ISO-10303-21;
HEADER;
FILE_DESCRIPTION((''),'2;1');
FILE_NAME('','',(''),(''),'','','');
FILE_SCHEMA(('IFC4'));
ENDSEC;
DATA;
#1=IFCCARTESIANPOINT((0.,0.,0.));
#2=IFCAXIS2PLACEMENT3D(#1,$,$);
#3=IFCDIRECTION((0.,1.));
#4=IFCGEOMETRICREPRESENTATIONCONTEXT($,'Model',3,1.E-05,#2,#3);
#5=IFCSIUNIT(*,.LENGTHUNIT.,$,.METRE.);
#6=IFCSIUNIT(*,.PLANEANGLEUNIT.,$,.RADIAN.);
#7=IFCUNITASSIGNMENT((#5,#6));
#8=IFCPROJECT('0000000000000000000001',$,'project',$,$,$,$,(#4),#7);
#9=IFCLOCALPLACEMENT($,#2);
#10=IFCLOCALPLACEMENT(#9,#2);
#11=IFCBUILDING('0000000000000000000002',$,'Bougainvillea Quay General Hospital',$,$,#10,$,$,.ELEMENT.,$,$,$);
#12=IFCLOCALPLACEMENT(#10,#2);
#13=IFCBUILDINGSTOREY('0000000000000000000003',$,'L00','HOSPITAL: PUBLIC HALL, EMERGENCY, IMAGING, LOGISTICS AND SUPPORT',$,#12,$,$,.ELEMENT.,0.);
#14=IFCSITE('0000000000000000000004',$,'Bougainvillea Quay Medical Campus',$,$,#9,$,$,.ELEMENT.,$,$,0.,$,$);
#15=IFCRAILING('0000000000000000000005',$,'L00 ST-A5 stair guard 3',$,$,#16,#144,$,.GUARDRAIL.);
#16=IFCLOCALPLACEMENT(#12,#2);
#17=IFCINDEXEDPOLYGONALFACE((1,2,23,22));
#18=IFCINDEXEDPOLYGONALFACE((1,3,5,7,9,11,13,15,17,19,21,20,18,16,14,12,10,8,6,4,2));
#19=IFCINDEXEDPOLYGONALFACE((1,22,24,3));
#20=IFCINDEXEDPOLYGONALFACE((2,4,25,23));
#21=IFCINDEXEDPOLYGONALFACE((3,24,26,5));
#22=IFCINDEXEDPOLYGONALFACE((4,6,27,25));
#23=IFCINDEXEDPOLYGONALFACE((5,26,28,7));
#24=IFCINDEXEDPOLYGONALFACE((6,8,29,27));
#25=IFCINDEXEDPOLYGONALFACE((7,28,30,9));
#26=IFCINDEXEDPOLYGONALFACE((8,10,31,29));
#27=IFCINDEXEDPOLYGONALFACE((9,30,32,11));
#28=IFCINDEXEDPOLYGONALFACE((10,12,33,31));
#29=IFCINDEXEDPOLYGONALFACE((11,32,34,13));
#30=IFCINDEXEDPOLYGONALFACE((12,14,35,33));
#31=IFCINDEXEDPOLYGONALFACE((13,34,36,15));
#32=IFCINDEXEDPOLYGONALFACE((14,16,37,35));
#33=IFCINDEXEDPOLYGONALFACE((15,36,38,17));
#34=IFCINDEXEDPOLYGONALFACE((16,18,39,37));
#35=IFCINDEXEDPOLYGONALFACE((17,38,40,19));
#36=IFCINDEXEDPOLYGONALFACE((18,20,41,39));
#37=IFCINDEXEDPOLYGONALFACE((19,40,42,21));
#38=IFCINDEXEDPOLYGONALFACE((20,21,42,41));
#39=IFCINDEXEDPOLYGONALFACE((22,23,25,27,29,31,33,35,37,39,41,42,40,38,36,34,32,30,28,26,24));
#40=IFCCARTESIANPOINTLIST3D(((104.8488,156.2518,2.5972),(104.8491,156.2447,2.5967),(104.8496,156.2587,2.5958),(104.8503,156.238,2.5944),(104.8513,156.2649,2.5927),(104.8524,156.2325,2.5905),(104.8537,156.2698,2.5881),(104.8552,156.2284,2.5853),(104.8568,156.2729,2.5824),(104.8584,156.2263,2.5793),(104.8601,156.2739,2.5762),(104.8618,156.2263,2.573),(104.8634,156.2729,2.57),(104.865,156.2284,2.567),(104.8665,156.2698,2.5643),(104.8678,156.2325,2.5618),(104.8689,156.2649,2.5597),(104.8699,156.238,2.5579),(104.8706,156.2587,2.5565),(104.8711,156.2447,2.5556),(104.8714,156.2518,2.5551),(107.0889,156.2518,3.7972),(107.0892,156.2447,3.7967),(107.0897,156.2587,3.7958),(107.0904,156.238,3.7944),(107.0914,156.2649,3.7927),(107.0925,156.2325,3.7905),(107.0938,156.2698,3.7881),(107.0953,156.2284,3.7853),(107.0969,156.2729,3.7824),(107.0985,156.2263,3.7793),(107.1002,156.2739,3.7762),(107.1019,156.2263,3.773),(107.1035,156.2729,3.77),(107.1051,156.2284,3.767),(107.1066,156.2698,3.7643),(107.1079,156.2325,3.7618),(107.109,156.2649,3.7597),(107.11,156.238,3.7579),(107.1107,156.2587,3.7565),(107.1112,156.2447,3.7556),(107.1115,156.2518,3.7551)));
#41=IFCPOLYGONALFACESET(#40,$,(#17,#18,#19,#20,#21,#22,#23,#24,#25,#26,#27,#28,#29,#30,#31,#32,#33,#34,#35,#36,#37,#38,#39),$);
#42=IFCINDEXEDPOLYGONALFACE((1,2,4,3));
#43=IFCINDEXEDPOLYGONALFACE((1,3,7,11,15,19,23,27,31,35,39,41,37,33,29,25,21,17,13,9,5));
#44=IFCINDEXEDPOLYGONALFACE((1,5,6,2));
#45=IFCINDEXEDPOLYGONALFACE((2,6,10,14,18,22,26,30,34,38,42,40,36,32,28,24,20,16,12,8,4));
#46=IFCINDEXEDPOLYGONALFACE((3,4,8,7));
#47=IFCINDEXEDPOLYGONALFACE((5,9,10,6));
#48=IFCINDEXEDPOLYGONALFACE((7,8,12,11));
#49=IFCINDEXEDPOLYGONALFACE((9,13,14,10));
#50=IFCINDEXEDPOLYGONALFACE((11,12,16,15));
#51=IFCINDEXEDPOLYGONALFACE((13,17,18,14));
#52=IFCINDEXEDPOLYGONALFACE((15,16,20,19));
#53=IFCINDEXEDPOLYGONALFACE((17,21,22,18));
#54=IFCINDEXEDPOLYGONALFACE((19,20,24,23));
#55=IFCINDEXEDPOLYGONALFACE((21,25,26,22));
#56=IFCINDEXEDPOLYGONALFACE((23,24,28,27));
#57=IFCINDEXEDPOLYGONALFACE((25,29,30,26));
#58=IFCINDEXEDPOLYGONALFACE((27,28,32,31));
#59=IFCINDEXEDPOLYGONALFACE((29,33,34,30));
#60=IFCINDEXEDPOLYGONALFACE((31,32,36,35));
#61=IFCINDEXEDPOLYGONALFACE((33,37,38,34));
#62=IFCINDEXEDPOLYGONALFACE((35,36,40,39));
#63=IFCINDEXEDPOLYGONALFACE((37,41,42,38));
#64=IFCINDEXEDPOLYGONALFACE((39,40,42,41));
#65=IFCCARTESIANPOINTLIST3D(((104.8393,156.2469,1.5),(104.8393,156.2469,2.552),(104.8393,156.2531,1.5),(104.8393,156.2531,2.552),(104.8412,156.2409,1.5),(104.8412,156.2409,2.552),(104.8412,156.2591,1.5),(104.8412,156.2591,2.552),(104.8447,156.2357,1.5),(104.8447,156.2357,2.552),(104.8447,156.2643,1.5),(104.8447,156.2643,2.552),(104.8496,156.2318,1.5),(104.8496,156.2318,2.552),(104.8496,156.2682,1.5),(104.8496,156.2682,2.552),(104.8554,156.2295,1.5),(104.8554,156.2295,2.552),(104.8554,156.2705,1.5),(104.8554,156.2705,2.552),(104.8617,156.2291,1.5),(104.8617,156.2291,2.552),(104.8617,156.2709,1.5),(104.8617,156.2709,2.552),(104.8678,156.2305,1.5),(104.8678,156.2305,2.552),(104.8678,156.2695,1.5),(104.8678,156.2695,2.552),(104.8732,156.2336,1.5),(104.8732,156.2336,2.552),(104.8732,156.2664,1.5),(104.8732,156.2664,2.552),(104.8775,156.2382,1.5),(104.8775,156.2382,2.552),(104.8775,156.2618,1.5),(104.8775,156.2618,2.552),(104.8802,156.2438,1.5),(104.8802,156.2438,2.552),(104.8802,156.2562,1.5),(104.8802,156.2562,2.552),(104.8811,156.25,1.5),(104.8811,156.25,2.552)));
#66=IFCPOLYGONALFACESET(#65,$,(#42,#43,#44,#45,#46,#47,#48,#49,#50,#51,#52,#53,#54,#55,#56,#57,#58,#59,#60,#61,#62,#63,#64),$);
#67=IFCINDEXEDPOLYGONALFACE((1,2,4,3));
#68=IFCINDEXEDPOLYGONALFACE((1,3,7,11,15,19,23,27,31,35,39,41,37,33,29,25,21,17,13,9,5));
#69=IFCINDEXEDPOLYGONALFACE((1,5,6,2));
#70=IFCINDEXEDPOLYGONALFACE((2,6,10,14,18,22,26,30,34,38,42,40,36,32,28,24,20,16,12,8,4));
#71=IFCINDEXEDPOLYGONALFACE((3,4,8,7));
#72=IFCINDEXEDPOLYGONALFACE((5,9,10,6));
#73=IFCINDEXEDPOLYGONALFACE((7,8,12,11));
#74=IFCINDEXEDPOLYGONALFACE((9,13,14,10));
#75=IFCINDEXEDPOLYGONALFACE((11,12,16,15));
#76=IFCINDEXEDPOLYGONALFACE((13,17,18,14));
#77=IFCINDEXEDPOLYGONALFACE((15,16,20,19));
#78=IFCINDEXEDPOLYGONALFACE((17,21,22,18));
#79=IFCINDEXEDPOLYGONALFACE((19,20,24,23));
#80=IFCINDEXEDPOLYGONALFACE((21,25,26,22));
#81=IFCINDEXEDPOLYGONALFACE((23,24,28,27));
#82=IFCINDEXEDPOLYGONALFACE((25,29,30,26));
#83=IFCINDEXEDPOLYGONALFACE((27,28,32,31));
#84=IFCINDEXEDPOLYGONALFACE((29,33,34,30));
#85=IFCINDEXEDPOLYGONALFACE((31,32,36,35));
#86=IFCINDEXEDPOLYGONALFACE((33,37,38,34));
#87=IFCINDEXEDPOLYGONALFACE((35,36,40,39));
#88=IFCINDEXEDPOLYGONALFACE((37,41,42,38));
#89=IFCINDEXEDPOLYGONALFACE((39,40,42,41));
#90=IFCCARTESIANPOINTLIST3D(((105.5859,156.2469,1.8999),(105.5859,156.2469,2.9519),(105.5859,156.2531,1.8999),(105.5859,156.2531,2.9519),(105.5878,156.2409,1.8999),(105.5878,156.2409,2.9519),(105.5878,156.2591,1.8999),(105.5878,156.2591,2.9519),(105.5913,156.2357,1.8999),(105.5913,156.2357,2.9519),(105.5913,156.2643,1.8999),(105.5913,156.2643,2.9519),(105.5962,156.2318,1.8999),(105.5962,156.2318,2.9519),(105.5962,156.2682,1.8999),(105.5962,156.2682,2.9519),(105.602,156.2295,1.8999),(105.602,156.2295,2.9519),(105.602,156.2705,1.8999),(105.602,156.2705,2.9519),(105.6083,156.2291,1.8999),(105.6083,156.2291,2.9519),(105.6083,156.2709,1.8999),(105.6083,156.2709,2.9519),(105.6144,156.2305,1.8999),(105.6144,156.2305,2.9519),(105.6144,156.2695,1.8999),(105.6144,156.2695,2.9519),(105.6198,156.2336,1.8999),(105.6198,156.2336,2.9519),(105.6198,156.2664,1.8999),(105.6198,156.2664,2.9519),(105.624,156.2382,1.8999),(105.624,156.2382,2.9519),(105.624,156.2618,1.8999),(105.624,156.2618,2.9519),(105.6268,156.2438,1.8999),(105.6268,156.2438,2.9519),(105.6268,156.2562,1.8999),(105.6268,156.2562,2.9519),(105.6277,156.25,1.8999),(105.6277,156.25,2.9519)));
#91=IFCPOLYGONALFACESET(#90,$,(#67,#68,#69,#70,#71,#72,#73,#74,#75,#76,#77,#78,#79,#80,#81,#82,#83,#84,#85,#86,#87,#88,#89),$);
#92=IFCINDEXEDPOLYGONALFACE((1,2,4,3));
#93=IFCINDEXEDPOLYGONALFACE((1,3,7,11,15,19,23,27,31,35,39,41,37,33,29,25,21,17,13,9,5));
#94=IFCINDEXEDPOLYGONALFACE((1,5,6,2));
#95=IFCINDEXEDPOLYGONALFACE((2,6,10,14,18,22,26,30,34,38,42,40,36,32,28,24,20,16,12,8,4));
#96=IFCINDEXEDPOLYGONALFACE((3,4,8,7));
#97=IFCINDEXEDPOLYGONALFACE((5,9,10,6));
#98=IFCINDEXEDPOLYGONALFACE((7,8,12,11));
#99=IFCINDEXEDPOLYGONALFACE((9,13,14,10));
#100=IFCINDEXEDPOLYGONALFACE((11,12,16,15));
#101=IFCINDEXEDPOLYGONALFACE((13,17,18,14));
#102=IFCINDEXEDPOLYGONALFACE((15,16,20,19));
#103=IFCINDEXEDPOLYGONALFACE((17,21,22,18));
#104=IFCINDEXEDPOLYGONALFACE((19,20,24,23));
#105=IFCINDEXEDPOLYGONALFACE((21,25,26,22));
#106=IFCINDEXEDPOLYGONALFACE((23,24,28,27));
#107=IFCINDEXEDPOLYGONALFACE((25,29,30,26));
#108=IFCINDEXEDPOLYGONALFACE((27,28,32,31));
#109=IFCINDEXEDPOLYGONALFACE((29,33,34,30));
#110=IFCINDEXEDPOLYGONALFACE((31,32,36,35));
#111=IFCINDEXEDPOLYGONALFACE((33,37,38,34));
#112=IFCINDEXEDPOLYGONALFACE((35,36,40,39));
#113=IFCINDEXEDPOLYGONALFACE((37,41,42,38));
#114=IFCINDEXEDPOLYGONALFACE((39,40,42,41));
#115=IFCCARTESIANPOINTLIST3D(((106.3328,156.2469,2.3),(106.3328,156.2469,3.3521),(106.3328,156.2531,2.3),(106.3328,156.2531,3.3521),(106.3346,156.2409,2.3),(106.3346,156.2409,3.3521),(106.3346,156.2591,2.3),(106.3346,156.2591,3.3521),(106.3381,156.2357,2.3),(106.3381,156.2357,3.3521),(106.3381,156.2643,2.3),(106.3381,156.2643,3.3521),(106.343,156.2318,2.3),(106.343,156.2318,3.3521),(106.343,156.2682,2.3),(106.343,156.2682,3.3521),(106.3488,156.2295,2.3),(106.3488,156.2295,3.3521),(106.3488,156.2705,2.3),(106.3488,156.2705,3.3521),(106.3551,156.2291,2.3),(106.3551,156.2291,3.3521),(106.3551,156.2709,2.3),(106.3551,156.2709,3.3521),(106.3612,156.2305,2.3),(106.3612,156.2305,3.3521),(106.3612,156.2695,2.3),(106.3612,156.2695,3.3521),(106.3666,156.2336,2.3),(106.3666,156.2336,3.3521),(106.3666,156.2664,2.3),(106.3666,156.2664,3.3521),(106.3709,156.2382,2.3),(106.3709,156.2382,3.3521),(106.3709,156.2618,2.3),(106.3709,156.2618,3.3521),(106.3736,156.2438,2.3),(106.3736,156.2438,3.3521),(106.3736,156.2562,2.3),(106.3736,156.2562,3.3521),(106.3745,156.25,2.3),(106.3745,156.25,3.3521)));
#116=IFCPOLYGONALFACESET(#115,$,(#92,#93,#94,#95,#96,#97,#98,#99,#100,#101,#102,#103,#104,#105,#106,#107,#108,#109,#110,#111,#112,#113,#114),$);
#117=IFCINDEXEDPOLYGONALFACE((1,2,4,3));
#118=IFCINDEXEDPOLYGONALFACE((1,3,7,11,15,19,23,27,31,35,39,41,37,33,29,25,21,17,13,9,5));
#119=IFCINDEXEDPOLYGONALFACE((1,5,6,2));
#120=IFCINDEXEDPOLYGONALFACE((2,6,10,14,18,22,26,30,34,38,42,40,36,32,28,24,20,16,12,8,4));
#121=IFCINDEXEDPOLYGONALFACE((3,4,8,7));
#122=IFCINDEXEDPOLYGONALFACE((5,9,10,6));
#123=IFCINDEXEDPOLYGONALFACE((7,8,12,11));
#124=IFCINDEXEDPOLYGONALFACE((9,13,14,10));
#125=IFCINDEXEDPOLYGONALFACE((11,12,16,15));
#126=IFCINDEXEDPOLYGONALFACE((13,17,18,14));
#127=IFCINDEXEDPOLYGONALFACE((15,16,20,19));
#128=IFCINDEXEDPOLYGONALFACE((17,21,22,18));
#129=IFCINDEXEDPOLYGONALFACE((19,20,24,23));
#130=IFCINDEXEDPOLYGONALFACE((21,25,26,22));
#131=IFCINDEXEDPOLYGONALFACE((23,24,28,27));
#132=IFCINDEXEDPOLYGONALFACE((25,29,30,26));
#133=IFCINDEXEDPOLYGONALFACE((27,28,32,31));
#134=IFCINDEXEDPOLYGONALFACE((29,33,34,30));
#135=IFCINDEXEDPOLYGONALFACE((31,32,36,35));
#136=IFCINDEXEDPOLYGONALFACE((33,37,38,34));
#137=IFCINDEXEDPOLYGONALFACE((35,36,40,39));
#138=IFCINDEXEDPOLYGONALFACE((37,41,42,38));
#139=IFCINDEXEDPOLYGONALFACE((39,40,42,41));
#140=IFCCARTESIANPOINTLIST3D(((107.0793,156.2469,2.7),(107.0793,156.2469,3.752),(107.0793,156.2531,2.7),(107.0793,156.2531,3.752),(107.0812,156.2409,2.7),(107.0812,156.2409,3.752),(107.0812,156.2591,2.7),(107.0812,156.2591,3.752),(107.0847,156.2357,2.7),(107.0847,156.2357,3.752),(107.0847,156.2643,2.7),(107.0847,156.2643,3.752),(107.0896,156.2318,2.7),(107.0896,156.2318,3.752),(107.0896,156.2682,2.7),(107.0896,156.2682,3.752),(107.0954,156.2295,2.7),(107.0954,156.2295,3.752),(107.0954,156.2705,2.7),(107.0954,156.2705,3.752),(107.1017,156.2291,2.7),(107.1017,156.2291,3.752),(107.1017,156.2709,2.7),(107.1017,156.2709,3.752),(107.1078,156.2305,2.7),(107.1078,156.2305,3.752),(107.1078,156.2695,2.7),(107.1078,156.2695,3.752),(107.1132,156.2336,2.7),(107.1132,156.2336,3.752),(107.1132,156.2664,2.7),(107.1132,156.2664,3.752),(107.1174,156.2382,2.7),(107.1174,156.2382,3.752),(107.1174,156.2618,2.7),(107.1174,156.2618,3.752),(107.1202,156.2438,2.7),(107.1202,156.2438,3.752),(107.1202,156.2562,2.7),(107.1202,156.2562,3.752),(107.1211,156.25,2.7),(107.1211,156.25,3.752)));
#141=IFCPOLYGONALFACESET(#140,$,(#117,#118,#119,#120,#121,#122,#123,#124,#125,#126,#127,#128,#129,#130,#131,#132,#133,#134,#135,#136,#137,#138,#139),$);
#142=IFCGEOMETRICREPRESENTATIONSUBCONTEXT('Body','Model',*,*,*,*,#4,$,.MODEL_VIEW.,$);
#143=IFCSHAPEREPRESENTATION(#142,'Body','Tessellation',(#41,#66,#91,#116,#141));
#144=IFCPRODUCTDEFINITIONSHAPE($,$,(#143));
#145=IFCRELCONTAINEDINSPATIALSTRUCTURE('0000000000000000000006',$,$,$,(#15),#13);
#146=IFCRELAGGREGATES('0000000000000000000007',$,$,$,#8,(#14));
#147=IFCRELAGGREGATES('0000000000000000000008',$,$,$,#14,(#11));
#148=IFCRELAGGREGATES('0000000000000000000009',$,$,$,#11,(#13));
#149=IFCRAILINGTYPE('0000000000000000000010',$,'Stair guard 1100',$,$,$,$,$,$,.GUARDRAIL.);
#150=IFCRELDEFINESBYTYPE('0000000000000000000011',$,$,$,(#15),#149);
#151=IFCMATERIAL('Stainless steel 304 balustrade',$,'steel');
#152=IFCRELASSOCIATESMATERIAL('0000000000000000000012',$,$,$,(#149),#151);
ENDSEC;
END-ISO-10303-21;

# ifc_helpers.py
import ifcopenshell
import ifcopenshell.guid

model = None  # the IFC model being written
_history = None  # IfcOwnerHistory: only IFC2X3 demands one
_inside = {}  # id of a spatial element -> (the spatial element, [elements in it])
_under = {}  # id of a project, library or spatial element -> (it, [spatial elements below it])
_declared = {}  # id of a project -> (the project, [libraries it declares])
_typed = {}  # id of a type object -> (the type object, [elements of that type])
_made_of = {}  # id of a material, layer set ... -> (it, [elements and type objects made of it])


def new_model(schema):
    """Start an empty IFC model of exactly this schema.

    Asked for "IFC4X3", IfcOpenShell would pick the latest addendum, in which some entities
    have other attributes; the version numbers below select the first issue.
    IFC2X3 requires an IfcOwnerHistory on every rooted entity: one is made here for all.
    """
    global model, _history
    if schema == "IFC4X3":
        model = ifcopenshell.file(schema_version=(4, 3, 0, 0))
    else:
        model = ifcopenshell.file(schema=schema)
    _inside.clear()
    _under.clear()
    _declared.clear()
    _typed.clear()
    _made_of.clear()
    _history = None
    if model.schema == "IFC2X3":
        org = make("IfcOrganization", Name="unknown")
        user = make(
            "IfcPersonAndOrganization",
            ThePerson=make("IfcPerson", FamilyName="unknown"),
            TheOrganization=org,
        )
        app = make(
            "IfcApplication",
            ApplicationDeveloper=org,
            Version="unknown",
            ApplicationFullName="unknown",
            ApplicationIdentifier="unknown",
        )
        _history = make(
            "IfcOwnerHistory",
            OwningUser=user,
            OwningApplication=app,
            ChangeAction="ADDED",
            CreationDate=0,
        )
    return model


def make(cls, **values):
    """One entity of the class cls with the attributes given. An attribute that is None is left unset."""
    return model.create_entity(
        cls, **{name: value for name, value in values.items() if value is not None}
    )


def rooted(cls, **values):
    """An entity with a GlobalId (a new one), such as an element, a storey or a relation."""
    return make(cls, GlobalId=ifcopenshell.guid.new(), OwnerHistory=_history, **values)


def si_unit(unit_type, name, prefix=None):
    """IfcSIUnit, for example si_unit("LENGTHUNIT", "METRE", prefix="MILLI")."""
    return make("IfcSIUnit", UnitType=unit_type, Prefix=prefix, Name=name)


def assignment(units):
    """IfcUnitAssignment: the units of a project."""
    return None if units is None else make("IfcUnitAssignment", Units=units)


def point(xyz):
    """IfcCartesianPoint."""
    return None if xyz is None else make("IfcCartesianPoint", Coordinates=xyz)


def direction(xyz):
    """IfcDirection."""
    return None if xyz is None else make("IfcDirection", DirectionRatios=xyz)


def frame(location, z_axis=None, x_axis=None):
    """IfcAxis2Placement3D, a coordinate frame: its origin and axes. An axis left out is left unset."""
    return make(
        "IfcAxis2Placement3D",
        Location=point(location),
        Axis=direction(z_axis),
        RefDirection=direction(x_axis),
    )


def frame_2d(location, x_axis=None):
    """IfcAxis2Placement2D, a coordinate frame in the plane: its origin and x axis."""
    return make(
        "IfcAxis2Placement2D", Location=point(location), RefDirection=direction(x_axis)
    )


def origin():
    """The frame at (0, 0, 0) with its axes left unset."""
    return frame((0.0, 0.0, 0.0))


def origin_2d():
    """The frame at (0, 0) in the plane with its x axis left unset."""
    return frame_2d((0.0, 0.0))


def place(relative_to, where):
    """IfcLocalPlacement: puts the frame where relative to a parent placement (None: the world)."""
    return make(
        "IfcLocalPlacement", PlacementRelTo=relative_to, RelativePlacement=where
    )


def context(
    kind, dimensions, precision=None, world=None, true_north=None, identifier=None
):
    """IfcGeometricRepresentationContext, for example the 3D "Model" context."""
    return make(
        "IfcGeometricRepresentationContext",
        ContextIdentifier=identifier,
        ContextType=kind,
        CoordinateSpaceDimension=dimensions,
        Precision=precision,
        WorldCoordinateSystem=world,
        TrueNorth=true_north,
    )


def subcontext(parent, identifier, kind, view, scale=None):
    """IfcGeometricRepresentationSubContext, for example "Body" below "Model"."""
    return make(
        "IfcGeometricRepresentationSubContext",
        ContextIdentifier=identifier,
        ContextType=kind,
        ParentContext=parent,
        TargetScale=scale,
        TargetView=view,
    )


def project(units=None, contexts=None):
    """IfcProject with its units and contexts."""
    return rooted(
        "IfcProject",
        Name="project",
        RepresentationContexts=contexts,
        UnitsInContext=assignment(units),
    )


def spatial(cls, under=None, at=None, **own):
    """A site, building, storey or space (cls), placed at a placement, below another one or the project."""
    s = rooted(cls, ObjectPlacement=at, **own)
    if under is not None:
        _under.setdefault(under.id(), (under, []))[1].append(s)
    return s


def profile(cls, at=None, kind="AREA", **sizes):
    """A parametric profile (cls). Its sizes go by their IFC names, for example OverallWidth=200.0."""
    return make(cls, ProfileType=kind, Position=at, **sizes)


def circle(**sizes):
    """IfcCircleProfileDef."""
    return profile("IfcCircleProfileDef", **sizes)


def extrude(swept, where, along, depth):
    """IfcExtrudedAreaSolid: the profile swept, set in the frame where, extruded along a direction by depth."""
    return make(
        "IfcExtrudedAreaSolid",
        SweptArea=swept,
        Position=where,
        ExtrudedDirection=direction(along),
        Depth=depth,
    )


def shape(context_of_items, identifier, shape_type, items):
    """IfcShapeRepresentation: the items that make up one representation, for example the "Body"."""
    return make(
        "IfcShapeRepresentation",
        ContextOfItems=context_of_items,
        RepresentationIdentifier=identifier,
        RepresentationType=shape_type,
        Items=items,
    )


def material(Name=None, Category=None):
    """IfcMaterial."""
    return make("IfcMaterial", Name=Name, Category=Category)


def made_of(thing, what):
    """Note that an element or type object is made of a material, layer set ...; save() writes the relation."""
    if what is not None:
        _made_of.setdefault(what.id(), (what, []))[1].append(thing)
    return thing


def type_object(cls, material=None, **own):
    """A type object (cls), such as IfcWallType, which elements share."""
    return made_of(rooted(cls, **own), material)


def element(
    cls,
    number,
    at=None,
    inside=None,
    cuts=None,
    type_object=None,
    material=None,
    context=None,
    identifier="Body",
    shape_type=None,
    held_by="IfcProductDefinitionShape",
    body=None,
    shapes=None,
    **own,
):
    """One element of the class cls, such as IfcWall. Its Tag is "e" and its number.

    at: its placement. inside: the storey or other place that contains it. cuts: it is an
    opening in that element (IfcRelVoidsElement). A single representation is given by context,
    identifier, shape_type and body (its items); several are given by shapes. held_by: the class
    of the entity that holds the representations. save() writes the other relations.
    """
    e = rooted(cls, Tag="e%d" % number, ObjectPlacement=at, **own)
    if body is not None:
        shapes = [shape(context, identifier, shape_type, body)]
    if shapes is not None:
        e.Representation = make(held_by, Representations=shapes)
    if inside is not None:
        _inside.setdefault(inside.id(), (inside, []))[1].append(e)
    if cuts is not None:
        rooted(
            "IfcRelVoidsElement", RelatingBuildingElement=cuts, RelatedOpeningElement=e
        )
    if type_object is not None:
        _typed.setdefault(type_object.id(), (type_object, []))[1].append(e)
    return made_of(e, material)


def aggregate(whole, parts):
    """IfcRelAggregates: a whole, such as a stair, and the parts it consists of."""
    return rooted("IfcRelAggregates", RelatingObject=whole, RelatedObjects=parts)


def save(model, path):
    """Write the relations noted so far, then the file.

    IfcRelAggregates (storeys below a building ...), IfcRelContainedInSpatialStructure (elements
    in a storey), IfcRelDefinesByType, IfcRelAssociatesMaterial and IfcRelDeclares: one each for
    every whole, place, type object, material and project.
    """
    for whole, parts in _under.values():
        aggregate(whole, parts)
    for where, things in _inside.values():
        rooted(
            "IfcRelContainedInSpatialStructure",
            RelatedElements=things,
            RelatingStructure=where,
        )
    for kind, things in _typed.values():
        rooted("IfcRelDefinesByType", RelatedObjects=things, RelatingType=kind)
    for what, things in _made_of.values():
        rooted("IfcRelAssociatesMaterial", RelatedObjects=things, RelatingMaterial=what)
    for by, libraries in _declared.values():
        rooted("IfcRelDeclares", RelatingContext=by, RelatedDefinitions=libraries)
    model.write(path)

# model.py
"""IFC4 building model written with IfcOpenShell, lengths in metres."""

from ifc_helpers import new_model, si_unit, direction, frame, origin, origin_2d, place, context, subcontext, project, spatial, circle, extrude, material, type_object, element, save


model = new_model("IFC4")

# Units and contexts
model_context = context("Model", 3, precision=1e-05, world=origin(), true_north=direction((0.0, 1.0)))
body_context = subcontext(model_context, "Body", "Model", "MODEL_VIEW")
ifc_project = project(units=[si_unit("LENGTHUNIT", "METRE"), si_unit("PLANEANGLEUNIT", "RADIAN")], contexts=[model_context])

# Site, building, storey
site_placement = place(None, origin())
site = spatial("IfcSite", under=ifc_project, at=site_placement, Name="Bougainvillea Quay Medical Campus", CompositionType="ELEMENT", RefElevation=0.0)
building_placement = place(site_placement, origin())
building = spatial("IfcBuilding", under=site, at=building_placement, Name="Bougainvillea Quay General Hospital", CompositionType="ELEMENT")
storey_placement = place(building_placement, origin())
storey = spatial("IfcBuildingStorey", under=building, at=storey_placement, Name="L00", Description="HOSPITAL: PUBLIC HALL, EMERGENCY, IMAGING, LOGISTICS AND SUPPORT", CompositionType="ELEMENT", Elevation=0.0)

# Railing
ifc_material_1 = material(Name="Stainless steel 304 balustrade", Category="steel")
railing_type_1 = type_object("IfcRailingType", Name="Stair guard 1100", PredefinedType="GUARDRAIL", material=ifc_material_1)
railing_1_placement = place(storey_placement, frame((104.8601, 156.25, 1.5)))
element("IfcRailing", 1, at=railing_1_placement, inside=storey, type_object=railing_type_1, Name="L00 ST-A5 stair guard 3", PredefinedType="GUARDRAIL", context=body_context, shape_type="SweptSolid", body=[
    extrude(circle(Radius=0.0239, at=origin_2d()), frame((0.0, 0.0, 1.0762), z_axis=(0.881487, 0.0, 0.472208), x_axis=(0.0, 1.0, 0.0)), (0.0, 0.0, 1.0), 2.5413),
    extrude(circle(Radius=0.021, at=origin_2d()), origin(), (0.0, 0.0, 1.0), 1.052),
    extrude(circle(Radius=0.021, at=origin_2d()), frame((0.7466, 0.0, 0.3999)), (0.0, 0.0, 1.0), 1.052),
    extrude(circle(Radius=0.021, at=origin_2d()), frame((1.4934, 0.0, 0.8)), (0.0, 0.0, 1.0), 1.052),
    extrude(circle(Radius=0.021, at=origin_2d()), frame((2.24, 0.0, 1.2)), (0.0, 0.0, 1.0), 1.052),
])

save(model, "model.ifc")
